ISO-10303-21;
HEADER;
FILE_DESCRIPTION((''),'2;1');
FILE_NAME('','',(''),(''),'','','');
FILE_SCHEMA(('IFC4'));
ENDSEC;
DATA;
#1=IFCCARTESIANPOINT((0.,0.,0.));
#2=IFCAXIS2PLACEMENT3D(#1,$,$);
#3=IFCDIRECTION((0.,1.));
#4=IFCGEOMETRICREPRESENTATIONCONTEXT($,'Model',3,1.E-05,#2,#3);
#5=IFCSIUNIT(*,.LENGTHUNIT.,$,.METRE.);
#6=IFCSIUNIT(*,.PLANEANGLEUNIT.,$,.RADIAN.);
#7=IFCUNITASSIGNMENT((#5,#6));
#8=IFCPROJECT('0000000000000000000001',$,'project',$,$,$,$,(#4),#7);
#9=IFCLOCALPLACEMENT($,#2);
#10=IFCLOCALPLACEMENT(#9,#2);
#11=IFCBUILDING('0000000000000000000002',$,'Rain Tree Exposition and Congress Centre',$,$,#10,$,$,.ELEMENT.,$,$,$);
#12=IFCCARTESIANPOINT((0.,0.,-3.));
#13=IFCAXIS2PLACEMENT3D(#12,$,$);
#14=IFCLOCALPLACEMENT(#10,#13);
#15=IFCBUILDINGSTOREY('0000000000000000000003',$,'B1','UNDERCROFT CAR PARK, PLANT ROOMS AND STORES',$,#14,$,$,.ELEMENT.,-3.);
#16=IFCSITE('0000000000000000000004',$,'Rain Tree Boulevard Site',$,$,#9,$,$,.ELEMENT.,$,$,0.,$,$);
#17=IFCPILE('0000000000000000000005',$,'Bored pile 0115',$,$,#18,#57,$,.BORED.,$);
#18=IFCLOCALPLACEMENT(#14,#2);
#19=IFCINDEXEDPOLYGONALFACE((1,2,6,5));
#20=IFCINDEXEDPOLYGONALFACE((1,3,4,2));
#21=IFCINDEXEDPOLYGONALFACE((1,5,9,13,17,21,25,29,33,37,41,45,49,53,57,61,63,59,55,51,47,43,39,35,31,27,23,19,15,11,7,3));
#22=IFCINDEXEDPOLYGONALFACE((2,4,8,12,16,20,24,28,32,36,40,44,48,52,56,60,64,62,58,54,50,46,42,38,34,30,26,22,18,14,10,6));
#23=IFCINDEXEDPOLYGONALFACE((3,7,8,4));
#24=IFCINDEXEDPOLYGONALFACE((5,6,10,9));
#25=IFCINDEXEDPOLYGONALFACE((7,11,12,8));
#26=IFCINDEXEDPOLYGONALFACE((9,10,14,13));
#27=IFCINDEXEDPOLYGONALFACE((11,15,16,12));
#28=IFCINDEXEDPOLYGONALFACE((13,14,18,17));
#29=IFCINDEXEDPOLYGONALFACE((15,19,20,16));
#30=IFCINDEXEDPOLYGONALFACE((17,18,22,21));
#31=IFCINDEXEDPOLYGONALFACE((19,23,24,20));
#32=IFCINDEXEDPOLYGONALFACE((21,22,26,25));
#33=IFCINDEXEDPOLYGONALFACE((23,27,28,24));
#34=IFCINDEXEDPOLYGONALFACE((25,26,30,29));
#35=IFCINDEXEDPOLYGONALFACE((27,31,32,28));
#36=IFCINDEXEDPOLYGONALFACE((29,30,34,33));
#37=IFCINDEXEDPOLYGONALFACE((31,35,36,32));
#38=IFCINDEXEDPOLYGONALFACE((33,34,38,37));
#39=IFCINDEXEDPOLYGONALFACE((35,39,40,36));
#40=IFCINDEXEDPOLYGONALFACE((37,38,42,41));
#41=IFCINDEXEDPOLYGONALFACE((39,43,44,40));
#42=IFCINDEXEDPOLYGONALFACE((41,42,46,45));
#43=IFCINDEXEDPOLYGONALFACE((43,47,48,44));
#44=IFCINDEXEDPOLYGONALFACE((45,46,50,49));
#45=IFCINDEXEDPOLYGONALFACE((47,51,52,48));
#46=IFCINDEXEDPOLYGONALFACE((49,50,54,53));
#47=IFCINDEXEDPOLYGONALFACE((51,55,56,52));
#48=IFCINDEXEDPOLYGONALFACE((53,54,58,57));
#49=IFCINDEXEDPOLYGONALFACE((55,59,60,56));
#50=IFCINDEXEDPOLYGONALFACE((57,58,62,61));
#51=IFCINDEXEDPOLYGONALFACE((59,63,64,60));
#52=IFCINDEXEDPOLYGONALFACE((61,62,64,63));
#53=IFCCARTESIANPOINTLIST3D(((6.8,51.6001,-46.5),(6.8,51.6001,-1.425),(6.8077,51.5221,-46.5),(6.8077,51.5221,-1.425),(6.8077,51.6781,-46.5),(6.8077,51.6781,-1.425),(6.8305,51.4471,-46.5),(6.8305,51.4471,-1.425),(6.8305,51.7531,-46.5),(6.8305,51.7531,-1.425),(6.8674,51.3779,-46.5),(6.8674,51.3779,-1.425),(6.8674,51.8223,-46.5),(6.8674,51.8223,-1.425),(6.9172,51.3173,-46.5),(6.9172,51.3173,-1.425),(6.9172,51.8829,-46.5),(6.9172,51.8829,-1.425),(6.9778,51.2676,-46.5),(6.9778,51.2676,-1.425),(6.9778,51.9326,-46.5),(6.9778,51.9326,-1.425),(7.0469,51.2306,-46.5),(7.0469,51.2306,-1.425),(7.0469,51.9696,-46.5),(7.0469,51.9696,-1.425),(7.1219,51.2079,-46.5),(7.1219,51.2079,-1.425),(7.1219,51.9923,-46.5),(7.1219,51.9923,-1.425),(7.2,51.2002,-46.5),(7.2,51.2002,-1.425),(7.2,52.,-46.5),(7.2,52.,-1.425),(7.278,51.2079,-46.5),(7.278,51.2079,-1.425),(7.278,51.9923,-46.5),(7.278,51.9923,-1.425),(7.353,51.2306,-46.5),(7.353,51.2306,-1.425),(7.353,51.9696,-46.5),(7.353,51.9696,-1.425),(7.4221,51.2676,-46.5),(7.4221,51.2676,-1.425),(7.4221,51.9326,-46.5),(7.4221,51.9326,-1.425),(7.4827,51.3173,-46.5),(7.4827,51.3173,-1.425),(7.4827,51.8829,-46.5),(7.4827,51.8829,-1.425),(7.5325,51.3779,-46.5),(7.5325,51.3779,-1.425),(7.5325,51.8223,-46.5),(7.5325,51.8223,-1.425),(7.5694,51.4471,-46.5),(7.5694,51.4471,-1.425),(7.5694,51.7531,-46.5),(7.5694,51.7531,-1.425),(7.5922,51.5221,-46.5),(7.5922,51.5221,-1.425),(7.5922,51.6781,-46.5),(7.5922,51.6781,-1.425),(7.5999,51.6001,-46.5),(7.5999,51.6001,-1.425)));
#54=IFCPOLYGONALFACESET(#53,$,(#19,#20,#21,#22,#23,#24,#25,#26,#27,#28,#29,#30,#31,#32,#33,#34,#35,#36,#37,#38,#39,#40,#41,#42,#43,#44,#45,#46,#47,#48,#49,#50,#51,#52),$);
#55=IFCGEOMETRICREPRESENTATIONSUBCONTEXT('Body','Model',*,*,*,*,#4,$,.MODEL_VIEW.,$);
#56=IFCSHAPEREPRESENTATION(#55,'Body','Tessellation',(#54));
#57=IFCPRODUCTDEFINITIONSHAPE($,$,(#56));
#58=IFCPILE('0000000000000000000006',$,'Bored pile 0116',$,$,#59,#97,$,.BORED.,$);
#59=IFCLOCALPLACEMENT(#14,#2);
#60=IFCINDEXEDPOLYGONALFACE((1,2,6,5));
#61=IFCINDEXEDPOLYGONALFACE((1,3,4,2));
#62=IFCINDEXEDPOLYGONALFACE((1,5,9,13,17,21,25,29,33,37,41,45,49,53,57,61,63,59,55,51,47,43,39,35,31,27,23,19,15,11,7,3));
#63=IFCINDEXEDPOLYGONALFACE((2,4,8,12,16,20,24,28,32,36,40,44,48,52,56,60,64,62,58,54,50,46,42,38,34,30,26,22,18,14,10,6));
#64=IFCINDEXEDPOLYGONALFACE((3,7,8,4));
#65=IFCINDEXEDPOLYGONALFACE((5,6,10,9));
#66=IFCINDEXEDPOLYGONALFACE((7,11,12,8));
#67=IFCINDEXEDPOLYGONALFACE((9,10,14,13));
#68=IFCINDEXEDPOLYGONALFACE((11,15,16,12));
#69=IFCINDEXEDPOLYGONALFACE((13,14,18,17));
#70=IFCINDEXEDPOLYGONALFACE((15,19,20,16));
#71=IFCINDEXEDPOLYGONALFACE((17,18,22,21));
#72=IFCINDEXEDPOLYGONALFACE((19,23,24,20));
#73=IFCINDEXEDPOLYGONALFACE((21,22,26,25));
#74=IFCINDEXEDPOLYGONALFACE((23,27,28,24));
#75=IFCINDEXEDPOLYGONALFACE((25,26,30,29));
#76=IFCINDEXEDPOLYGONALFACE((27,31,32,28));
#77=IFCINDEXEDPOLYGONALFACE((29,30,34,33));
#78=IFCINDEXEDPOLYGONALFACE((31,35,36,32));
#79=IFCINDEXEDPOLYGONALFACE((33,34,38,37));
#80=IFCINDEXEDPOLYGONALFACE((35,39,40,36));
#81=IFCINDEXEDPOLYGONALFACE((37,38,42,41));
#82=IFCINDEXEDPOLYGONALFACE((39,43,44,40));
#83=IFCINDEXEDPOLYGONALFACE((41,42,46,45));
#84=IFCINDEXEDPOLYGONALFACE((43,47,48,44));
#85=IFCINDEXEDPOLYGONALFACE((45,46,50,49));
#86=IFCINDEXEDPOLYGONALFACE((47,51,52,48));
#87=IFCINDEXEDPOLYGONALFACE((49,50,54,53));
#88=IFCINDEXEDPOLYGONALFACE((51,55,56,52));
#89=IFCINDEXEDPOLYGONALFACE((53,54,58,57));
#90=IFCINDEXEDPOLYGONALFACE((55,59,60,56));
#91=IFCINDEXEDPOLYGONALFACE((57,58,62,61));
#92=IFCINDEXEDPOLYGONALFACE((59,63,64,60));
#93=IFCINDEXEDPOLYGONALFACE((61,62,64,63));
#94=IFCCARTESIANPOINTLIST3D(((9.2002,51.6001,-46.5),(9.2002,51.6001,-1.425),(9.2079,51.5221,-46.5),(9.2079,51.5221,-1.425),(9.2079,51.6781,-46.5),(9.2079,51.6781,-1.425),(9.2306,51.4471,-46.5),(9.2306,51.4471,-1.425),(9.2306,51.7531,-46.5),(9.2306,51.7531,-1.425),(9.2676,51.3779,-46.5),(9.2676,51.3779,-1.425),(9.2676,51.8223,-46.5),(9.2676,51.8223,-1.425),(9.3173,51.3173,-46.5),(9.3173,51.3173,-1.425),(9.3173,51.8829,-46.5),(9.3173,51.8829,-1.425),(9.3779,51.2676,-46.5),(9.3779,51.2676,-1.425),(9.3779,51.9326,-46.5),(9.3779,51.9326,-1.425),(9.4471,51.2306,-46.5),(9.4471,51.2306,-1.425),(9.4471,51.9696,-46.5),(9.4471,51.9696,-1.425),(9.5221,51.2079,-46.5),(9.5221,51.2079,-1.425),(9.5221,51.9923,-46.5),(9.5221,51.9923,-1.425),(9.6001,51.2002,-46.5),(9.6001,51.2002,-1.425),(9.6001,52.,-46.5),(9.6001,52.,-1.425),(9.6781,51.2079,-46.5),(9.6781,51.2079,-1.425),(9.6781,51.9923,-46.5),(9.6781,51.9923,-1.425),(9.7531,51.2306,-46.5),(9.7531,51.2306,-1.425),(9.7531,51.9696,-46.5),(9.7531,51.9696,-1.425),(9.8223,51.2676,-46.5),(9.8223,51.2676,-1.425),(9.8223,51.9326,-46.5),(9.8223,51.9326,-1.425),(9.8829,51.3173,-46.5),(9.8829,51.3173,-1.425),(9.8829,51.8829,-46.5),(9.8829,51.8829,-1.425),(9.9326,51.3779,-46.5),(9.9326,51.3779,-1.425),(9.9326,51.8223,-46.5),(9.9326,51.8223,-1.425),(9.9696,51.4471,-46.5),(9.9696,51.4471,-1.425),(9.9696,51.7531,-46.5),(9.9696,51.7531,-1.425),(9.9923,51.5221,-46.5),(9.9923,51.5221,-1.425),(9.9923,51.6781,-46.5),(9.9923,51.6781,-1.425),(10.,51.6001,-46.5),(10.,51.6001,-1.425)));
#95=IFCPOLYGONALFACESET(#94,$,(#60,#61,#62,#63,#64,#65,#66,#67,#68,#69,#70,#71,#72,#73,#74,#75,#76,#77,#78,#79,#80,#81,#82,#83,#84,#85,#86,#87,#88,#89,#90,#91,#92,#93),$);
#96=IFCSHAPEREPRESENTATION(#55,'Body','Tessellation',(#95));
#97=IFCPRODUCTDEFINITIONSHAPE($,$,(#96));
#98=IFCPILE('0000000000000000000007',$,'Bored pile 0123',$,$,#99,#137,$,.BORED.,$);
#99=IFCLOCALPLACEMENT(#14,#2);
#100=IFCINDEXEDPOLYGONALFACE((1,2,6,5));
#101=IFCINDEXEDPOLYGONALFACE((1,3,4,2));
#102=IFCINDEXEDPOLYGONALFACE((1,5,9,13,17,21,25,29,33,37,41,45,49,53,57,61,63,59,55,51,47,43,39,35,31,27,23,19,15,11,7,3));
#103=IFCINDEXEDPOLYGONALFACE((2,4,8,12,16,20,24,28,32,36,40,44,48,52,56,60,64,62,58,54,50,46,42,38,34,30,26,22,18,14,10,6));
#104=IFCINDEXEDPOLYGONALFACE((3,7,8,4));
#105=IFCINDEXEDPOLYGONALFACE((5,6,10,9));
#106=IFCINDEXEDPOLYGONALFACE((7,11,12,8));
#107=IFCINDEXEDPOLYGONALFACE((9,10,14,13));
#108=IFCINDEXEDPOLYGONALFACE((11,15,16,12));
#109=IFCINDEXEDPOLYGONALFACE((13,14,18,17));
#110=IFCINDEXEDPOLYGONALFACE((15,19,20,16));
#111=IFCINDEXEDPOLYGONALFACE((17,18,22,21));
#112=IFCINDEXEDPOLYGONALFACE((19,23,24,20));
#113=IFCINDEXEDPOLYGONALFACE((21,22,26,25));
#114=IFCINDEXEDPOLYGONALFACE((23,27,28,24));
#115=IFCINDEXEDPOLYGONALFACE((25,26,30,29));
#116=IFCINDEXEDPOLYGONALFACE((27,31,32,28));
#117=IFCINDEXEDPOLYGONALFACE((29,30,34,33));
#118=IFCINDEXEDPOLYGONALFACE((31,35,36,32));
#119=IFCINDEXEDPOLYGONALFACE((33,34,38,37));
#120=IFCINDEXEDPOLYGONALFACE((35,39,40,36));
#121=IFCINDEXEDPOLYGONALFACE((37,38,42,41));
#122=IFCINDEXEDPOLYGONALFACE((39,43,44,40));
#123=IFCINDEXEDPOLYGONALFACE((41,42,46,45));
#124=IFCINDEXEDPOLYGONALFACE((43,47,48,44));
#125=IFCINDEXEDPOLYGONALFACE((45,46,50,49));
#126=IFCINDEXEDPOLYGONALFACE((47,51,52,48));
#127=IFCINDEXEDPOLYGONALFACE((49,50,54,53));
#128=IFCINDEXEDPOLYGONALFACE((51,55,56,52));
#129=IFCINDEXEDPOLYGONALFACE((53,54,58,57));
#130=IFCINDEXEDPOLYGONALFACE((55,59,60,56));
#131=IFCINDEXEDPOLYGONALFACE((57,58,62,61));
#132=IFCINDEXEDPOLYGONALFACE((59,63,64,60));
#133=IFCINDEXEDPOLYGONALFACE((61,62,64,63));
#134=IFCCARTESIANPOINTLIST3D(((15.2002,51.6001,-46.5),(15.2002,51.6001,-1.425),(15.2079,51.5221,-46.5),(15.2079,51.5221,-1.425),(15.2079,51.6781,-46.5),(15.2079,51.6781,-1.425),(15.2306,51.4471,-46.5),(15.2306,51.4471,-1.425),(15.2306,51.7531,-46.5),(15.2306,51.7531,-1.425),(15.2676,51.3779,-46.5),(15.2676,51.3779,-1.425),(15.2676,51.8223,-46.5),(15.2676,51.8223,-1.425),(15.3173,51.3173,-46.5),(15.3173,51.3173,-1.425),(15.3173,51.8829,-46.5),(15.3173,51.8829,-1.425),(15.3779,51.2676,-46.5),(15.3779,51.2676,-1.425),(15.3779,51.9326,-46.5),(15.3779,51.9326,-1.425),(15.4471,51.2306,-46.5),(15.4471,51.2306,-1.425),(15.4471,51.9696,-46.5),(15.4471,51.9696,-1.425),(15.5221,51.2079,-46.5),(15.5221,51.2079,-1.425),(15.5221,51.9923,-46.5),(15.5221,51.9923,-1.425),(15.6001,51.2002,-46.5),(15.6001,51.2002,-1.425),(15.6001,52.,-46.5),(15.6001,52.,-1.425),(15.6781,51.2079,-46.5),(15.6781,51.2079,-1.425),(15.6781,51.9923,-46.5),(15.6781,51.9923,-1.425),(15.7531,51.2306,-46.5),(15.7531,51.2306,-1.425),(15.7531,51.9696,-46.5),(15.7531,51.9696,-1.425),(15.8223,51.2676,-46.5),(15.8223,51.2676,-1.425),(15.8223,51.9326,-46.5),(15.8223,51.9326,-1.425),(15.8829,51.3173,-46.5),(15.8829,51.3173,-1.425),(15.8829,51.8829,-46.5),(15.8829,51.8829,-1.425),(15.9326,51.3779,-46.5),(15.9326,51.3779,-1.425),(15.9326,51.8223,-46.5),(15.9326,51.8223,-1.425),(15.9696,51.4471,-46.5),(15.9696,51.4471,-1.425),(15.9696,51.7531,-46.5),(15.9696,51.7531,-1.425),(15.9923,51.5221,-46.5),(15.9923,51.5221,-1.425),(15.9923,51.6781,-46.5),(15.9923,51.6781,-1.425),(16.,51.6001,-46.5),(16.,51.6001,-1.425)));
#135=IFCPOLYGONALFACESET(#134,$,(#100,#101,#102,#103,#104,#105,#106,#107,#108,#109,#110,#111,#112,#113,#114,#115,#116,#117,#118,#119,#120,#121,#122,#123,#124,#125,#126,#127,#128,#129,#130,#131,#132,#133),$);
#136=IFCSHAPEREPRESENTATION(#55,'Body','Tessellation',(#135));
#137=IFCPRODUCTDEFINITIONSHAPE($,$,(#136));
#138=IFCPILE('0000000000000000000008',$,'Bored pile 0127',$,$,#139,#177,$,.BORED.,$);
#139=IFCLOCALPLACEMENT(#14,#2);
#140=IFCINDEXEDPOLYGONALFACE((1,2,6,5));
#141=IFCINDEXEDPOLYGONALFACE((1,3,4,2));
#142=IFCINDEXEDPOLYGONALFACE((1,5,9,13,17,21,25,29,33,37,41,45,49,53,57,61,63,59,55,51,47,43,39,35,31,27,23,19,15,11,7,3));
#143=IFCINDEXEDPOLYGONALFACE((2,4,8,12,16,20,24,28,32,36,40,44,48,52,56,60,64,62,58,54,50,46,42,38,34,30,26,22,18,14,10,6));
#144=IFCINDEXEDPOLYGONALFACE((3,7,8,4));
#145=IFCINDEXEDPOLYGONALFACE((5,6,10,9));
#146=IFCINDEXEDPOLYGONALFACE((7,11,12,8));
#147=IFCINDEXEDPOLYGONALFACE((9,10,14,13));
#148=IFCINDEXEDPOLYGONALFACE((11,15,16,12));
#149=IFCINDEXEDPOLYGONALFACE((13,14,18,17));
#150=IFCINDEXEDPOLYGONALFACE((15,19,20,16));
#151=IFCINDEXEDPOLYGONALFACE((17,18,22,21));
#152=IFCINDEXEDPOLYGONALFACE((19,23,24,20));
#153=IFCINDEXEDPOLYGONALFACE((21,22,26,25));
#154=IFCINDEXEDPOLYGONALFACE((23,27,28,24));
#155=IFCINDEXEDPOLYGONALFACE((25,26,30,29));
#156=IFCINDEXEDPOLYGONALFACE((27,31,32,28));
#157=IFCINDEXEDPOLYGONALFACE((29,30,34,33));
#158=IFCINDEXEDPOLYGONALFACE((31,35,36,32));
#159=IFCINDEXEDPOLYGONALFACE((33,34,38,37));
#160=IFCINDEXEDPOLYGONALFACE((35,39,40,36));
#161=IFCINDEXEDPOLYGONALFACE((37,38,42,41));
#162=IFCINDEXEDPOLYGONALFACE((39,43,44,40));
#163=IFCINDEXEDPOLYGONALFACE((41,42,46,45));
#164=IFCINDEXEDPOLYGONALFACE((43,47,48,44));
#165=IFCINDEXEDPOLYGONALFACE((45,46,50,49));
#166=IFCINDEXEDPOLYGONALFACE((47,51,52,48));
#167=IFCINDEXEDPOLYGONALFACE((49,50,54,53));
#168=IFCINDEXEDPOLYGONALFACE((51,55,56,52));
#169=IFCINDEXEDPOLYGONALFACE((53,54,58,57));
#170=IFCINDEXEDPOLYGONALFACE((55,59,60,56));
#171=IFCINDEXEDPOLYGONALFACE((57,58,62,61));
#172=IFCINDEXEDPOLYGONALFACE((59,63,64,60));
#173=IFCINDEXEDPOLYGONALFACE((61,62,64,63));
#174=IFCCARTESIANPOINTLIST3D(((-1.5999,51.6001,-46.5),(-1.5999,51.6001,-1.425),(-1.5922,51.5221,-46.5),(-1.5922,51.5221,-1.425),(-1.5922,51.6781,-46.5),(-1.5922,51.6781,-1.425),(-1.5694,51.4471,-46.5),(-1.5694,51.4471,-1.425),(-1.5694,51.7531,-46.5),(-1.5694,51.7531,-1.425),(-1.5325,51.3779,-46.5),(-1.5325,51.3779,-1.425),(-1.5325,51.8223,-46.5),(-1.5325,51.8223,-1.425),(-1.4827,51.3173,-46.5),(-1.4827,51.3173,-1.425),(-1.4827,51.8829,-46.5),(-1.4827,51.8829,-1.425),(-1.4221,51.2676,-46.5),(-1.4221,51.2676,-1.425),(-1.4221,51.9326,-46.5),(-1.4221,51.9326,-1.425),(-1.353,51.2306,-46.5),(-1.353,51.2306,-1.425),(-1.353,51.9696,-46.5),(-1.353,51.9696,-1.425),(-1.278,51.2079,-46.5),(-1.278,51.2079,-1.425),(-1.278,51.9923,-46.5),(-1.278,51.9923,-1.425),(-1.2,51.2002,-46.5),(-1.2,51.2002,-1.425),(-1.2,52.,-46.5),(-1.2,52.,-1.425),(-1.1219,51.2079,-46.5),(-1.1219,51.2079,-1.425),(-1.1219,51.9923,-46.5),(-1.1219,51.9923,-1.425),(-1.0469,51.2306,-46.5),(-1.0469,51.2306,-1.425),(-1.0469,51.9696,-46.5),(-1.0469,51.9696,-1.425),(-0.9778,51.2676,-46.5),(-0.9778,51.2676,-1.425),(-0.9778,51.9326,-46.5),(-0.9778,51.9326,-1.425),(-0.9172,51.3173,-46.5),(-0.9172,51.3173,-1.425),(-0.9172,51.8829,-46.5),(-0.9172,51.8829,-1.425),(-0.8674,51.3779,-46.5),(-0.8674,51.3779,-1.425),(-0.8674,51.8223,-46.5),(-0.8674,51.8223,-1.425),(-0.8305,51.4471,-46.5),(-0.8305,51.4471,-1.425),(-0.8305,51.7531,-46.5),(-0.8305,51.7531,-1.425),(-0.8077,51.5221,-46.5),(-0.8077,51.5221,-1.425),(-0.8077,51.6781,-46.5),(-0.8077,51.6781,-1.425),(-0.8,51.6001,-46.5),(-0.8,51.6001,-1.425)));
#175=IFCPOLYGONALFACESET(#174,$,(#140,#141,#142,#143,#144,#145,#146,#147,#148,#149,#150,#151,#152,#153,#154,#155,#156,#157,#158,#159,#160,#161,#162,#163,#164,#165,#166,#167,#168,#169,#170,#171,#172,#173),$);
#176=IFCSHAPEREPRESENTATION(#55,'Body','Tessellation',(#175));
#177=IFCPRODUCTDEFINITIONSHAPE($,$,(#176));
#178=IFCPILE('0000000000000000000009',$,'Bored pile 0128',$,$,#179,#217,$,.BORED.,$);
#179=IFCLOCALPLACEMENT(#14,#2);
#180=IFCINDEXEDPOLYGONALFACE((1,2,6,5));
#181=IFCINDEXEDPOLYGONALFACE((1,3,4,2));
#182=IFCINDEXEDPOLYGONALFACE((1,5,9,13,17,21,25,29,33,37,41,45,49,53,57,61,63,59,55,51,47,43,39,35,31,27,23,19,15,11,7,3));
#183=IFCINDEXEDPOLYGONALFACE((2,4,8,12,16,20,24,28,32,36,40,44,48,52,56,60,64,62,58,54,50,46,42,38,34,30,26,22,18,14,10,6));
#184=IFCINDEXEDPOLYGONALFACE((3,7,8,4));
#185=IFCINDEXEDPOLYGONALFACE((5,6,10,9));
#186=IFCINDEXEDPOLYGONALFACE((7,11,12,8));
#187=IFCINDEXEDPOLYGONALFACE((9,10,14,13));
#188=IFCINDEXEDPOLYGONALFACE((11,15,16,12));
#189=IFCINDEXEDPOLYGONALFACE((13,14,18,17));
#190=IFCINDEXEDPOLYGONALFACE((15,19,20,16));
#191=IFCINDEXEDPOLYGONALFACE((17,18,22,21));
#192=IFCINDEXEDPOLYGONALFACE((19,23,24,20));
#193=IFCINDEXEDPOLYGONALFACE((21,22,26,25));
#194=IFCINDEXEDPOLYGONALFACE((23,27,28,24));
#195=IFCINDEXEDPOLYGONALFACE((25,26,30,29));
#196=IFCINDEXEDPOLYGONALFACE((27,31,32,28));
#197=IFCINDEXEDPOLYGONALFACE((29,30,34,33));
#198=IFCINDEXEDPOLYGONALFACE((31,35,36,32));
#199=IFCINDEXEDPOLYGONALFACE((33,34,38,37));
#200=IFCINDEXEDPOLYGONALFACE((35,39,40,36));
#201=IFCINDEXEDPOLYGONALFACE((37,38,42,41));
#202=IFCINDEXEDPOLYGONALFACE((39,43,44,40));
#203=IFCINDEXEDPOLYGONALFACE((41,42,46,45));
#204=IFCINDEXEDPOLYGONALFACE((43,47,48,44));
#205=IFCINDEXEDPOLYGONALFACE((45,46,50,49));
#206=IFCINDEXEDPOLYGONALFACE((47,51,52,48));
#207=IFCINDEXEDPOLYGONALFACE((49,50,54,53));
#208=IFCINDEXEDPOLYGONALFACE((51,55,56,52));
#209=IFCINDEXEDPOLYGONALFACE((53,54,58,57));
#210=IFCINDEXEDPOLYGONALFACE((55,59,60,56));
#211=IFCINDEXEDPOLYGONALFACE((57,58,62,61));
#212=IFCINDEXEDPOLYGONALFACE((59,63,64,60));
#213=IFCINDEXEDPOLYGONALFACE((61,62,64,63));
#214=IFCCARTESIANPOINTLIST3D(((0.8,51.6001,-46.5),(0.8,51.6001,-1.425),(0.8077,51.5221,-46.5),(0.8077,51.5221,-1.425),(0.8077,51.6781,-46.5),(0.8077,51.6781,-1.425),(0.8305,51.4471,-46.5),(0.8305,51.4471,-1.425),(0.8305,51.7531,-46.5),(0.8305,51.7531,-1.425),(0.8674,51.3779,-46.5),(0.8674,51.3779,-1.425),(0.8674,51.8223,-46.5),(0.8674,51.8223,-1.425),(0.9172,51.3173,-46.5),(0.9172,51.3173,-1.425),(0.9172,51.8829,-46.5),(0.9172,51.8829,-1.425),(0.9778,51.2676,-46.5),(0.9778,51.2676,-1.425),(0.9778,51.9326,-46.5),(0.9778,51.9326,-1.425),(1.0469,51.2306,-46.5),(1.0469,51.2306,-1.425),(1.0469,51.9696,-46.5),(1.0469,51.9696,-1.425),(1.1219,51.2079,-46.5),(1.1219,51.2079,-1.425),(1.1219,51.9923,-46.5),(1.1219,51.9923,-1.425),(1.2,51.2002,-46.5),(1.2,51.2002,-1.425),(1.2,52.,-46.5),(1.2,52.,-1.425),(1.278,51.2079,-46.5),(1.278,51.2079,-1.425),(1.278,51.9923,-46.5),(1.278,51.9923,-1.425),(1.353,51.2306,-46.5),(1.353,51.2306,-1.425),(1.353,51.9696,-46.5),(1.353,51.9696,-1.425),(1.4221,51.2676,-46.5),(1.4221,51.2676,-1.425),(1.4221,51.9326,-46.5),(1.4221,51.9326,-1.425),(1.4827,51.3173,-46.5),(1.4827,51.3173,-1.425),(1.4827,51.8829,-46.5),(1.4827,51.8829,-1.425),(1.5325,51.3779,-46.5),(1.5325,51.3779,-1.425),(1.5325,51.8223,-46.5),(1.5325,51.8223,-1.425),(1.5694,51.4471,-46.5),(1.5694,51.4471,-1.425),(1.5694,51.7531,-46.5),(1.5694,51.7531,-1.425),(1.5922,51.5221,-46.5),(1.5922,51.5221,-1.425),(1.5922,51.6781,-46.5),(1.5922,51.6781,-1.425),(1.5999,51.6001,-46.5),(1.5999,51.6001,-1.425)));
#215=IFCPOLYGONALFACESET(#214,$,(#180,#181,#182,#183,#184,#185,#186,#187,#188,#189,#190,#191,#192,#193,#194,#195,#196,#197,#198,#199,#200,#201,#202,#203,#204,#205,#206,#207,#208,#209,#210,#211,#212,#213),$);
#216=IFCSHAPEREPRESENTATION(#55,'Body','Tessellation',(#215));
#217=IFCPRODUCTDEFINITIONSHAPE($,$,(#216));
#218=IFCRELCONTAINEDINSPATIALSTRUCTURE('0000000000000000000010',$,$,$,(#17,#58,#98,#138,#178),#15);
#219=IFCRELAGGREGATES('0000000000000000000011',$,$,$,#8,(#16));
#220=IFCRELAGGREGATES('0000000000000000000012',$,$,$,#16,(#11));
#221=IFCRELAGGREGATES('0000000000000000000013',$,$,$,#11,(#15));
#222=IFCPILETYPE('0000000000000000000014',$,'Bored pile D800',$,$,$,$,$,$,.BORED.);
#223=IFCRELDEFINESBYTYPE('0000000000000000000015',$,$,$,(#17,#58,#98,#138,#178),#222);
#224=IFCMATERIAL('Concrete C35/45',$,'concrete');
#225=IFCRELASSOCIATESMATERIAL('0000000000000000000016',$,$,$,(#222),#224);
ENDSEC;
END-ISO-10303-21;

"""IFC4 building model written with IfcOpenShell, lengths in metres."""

from ifc_helpers import new_model, si_unit, direction, frame, origin, origin_2d, place, context, subcontext, project, spatial, circle, extrude, material, material_profile, profile_set, type_object, element, save


model = new_model("IFC4")

# Units and contexts
model_context = context("Model", 3, precision=1e-05, world=origin(), true_north=direction((0.0, 1.0)))
body_context = subcontext(model_context, "Body", "Model", "MODEL_VIEW")
ifc_project = project(units=[si_unit("LENGTHUNIT", "METRE"), si_unit("PLANEANGLEUNIT", "RADIAN")], contexts=[model_context])

# Site, building, storey
site_placement = place(None, origin())
site = spatial("IfcSite", under=ifc_project, at=site_placement, Name="Rain Tree Boulevard Site", CompositionType="ELEMENT", RefElevation=0.0)
building_placement = place(site_placement, origin())
building = spatial("IfcBuilding", under=site, at=building_placement, Name="Rain Tree Exposition and Congress Centre", CompositionType="ELEMENT")
storey_placement = place(building_placement, frame((0.0, 0.0, -3.0)))
storey = spatial("IfcBuildingStorey", under=building, at=storey_placement, Name="B1", Description="UNDERCROFT CAR PARK, PLANT ROOMS AND STORES", CompositionType="ELEMENT", Elevation=-3.0)

# Piles
ifc_material_1 = material(Name="Concrete C35/45", Category="concrete")
ifc_material_profile_1 = material_profile(ifc_material_1, circle(Radius=0.3999, at=origin_2d()), Name="D800")
ifc_profile_set_1 = profile_set([ifc_material_profile_1], Name="Concrete C35/45")
pile_type = type_object("IfcPileType", Name="Bored pile D800", PredefinedType="BORED", material=ifc_profile_set_1)
for number, where, z_axis, x_axis, name in (
    (1, (7.2, 51.6001, -1.425), (0.0, 0.0, -1.0), (1.0, 0.0, 0.0), "Bored pile 0115"),
    (2, (9.6001, 51.6001, -1.425), (0.0, 0.0, -1.0), (1.0, 0.0, 0.0), "Bored pile 0116"),
    (3, (15.6001, 51.6001, -1.425), (0.0, 0.0, -1.0), (1.0, 0.0, 0.0), "Bored pile 0123"),
    (4, (-1.2, 51.6001, -1.425), (0.0, 0.0, -1.0), (1.0, 0.0, 0.0), "Bored pile 0127"),
    (5, (1.2, 51.6001, -1.425), (0.0, 0.0, -1.0), (1.0, 0.0, 0.0), "Bored pile 0128"),
):
    element("IfcPile", number, at=place(storey_placement, frame(where, z_axis=z_axis, x_axis=x_axis)), inside=storey, type_object=pile_type, Name=name, PredefinedType="BORED", context=body_context, shape_type="SweptSolid", body=[
        extrude(circle(Radius=0.3999, at=origin_2d()), origin(), (0.0, 0.0, 1.0), 45.075),
    ])

save(model, "model.ifc")
